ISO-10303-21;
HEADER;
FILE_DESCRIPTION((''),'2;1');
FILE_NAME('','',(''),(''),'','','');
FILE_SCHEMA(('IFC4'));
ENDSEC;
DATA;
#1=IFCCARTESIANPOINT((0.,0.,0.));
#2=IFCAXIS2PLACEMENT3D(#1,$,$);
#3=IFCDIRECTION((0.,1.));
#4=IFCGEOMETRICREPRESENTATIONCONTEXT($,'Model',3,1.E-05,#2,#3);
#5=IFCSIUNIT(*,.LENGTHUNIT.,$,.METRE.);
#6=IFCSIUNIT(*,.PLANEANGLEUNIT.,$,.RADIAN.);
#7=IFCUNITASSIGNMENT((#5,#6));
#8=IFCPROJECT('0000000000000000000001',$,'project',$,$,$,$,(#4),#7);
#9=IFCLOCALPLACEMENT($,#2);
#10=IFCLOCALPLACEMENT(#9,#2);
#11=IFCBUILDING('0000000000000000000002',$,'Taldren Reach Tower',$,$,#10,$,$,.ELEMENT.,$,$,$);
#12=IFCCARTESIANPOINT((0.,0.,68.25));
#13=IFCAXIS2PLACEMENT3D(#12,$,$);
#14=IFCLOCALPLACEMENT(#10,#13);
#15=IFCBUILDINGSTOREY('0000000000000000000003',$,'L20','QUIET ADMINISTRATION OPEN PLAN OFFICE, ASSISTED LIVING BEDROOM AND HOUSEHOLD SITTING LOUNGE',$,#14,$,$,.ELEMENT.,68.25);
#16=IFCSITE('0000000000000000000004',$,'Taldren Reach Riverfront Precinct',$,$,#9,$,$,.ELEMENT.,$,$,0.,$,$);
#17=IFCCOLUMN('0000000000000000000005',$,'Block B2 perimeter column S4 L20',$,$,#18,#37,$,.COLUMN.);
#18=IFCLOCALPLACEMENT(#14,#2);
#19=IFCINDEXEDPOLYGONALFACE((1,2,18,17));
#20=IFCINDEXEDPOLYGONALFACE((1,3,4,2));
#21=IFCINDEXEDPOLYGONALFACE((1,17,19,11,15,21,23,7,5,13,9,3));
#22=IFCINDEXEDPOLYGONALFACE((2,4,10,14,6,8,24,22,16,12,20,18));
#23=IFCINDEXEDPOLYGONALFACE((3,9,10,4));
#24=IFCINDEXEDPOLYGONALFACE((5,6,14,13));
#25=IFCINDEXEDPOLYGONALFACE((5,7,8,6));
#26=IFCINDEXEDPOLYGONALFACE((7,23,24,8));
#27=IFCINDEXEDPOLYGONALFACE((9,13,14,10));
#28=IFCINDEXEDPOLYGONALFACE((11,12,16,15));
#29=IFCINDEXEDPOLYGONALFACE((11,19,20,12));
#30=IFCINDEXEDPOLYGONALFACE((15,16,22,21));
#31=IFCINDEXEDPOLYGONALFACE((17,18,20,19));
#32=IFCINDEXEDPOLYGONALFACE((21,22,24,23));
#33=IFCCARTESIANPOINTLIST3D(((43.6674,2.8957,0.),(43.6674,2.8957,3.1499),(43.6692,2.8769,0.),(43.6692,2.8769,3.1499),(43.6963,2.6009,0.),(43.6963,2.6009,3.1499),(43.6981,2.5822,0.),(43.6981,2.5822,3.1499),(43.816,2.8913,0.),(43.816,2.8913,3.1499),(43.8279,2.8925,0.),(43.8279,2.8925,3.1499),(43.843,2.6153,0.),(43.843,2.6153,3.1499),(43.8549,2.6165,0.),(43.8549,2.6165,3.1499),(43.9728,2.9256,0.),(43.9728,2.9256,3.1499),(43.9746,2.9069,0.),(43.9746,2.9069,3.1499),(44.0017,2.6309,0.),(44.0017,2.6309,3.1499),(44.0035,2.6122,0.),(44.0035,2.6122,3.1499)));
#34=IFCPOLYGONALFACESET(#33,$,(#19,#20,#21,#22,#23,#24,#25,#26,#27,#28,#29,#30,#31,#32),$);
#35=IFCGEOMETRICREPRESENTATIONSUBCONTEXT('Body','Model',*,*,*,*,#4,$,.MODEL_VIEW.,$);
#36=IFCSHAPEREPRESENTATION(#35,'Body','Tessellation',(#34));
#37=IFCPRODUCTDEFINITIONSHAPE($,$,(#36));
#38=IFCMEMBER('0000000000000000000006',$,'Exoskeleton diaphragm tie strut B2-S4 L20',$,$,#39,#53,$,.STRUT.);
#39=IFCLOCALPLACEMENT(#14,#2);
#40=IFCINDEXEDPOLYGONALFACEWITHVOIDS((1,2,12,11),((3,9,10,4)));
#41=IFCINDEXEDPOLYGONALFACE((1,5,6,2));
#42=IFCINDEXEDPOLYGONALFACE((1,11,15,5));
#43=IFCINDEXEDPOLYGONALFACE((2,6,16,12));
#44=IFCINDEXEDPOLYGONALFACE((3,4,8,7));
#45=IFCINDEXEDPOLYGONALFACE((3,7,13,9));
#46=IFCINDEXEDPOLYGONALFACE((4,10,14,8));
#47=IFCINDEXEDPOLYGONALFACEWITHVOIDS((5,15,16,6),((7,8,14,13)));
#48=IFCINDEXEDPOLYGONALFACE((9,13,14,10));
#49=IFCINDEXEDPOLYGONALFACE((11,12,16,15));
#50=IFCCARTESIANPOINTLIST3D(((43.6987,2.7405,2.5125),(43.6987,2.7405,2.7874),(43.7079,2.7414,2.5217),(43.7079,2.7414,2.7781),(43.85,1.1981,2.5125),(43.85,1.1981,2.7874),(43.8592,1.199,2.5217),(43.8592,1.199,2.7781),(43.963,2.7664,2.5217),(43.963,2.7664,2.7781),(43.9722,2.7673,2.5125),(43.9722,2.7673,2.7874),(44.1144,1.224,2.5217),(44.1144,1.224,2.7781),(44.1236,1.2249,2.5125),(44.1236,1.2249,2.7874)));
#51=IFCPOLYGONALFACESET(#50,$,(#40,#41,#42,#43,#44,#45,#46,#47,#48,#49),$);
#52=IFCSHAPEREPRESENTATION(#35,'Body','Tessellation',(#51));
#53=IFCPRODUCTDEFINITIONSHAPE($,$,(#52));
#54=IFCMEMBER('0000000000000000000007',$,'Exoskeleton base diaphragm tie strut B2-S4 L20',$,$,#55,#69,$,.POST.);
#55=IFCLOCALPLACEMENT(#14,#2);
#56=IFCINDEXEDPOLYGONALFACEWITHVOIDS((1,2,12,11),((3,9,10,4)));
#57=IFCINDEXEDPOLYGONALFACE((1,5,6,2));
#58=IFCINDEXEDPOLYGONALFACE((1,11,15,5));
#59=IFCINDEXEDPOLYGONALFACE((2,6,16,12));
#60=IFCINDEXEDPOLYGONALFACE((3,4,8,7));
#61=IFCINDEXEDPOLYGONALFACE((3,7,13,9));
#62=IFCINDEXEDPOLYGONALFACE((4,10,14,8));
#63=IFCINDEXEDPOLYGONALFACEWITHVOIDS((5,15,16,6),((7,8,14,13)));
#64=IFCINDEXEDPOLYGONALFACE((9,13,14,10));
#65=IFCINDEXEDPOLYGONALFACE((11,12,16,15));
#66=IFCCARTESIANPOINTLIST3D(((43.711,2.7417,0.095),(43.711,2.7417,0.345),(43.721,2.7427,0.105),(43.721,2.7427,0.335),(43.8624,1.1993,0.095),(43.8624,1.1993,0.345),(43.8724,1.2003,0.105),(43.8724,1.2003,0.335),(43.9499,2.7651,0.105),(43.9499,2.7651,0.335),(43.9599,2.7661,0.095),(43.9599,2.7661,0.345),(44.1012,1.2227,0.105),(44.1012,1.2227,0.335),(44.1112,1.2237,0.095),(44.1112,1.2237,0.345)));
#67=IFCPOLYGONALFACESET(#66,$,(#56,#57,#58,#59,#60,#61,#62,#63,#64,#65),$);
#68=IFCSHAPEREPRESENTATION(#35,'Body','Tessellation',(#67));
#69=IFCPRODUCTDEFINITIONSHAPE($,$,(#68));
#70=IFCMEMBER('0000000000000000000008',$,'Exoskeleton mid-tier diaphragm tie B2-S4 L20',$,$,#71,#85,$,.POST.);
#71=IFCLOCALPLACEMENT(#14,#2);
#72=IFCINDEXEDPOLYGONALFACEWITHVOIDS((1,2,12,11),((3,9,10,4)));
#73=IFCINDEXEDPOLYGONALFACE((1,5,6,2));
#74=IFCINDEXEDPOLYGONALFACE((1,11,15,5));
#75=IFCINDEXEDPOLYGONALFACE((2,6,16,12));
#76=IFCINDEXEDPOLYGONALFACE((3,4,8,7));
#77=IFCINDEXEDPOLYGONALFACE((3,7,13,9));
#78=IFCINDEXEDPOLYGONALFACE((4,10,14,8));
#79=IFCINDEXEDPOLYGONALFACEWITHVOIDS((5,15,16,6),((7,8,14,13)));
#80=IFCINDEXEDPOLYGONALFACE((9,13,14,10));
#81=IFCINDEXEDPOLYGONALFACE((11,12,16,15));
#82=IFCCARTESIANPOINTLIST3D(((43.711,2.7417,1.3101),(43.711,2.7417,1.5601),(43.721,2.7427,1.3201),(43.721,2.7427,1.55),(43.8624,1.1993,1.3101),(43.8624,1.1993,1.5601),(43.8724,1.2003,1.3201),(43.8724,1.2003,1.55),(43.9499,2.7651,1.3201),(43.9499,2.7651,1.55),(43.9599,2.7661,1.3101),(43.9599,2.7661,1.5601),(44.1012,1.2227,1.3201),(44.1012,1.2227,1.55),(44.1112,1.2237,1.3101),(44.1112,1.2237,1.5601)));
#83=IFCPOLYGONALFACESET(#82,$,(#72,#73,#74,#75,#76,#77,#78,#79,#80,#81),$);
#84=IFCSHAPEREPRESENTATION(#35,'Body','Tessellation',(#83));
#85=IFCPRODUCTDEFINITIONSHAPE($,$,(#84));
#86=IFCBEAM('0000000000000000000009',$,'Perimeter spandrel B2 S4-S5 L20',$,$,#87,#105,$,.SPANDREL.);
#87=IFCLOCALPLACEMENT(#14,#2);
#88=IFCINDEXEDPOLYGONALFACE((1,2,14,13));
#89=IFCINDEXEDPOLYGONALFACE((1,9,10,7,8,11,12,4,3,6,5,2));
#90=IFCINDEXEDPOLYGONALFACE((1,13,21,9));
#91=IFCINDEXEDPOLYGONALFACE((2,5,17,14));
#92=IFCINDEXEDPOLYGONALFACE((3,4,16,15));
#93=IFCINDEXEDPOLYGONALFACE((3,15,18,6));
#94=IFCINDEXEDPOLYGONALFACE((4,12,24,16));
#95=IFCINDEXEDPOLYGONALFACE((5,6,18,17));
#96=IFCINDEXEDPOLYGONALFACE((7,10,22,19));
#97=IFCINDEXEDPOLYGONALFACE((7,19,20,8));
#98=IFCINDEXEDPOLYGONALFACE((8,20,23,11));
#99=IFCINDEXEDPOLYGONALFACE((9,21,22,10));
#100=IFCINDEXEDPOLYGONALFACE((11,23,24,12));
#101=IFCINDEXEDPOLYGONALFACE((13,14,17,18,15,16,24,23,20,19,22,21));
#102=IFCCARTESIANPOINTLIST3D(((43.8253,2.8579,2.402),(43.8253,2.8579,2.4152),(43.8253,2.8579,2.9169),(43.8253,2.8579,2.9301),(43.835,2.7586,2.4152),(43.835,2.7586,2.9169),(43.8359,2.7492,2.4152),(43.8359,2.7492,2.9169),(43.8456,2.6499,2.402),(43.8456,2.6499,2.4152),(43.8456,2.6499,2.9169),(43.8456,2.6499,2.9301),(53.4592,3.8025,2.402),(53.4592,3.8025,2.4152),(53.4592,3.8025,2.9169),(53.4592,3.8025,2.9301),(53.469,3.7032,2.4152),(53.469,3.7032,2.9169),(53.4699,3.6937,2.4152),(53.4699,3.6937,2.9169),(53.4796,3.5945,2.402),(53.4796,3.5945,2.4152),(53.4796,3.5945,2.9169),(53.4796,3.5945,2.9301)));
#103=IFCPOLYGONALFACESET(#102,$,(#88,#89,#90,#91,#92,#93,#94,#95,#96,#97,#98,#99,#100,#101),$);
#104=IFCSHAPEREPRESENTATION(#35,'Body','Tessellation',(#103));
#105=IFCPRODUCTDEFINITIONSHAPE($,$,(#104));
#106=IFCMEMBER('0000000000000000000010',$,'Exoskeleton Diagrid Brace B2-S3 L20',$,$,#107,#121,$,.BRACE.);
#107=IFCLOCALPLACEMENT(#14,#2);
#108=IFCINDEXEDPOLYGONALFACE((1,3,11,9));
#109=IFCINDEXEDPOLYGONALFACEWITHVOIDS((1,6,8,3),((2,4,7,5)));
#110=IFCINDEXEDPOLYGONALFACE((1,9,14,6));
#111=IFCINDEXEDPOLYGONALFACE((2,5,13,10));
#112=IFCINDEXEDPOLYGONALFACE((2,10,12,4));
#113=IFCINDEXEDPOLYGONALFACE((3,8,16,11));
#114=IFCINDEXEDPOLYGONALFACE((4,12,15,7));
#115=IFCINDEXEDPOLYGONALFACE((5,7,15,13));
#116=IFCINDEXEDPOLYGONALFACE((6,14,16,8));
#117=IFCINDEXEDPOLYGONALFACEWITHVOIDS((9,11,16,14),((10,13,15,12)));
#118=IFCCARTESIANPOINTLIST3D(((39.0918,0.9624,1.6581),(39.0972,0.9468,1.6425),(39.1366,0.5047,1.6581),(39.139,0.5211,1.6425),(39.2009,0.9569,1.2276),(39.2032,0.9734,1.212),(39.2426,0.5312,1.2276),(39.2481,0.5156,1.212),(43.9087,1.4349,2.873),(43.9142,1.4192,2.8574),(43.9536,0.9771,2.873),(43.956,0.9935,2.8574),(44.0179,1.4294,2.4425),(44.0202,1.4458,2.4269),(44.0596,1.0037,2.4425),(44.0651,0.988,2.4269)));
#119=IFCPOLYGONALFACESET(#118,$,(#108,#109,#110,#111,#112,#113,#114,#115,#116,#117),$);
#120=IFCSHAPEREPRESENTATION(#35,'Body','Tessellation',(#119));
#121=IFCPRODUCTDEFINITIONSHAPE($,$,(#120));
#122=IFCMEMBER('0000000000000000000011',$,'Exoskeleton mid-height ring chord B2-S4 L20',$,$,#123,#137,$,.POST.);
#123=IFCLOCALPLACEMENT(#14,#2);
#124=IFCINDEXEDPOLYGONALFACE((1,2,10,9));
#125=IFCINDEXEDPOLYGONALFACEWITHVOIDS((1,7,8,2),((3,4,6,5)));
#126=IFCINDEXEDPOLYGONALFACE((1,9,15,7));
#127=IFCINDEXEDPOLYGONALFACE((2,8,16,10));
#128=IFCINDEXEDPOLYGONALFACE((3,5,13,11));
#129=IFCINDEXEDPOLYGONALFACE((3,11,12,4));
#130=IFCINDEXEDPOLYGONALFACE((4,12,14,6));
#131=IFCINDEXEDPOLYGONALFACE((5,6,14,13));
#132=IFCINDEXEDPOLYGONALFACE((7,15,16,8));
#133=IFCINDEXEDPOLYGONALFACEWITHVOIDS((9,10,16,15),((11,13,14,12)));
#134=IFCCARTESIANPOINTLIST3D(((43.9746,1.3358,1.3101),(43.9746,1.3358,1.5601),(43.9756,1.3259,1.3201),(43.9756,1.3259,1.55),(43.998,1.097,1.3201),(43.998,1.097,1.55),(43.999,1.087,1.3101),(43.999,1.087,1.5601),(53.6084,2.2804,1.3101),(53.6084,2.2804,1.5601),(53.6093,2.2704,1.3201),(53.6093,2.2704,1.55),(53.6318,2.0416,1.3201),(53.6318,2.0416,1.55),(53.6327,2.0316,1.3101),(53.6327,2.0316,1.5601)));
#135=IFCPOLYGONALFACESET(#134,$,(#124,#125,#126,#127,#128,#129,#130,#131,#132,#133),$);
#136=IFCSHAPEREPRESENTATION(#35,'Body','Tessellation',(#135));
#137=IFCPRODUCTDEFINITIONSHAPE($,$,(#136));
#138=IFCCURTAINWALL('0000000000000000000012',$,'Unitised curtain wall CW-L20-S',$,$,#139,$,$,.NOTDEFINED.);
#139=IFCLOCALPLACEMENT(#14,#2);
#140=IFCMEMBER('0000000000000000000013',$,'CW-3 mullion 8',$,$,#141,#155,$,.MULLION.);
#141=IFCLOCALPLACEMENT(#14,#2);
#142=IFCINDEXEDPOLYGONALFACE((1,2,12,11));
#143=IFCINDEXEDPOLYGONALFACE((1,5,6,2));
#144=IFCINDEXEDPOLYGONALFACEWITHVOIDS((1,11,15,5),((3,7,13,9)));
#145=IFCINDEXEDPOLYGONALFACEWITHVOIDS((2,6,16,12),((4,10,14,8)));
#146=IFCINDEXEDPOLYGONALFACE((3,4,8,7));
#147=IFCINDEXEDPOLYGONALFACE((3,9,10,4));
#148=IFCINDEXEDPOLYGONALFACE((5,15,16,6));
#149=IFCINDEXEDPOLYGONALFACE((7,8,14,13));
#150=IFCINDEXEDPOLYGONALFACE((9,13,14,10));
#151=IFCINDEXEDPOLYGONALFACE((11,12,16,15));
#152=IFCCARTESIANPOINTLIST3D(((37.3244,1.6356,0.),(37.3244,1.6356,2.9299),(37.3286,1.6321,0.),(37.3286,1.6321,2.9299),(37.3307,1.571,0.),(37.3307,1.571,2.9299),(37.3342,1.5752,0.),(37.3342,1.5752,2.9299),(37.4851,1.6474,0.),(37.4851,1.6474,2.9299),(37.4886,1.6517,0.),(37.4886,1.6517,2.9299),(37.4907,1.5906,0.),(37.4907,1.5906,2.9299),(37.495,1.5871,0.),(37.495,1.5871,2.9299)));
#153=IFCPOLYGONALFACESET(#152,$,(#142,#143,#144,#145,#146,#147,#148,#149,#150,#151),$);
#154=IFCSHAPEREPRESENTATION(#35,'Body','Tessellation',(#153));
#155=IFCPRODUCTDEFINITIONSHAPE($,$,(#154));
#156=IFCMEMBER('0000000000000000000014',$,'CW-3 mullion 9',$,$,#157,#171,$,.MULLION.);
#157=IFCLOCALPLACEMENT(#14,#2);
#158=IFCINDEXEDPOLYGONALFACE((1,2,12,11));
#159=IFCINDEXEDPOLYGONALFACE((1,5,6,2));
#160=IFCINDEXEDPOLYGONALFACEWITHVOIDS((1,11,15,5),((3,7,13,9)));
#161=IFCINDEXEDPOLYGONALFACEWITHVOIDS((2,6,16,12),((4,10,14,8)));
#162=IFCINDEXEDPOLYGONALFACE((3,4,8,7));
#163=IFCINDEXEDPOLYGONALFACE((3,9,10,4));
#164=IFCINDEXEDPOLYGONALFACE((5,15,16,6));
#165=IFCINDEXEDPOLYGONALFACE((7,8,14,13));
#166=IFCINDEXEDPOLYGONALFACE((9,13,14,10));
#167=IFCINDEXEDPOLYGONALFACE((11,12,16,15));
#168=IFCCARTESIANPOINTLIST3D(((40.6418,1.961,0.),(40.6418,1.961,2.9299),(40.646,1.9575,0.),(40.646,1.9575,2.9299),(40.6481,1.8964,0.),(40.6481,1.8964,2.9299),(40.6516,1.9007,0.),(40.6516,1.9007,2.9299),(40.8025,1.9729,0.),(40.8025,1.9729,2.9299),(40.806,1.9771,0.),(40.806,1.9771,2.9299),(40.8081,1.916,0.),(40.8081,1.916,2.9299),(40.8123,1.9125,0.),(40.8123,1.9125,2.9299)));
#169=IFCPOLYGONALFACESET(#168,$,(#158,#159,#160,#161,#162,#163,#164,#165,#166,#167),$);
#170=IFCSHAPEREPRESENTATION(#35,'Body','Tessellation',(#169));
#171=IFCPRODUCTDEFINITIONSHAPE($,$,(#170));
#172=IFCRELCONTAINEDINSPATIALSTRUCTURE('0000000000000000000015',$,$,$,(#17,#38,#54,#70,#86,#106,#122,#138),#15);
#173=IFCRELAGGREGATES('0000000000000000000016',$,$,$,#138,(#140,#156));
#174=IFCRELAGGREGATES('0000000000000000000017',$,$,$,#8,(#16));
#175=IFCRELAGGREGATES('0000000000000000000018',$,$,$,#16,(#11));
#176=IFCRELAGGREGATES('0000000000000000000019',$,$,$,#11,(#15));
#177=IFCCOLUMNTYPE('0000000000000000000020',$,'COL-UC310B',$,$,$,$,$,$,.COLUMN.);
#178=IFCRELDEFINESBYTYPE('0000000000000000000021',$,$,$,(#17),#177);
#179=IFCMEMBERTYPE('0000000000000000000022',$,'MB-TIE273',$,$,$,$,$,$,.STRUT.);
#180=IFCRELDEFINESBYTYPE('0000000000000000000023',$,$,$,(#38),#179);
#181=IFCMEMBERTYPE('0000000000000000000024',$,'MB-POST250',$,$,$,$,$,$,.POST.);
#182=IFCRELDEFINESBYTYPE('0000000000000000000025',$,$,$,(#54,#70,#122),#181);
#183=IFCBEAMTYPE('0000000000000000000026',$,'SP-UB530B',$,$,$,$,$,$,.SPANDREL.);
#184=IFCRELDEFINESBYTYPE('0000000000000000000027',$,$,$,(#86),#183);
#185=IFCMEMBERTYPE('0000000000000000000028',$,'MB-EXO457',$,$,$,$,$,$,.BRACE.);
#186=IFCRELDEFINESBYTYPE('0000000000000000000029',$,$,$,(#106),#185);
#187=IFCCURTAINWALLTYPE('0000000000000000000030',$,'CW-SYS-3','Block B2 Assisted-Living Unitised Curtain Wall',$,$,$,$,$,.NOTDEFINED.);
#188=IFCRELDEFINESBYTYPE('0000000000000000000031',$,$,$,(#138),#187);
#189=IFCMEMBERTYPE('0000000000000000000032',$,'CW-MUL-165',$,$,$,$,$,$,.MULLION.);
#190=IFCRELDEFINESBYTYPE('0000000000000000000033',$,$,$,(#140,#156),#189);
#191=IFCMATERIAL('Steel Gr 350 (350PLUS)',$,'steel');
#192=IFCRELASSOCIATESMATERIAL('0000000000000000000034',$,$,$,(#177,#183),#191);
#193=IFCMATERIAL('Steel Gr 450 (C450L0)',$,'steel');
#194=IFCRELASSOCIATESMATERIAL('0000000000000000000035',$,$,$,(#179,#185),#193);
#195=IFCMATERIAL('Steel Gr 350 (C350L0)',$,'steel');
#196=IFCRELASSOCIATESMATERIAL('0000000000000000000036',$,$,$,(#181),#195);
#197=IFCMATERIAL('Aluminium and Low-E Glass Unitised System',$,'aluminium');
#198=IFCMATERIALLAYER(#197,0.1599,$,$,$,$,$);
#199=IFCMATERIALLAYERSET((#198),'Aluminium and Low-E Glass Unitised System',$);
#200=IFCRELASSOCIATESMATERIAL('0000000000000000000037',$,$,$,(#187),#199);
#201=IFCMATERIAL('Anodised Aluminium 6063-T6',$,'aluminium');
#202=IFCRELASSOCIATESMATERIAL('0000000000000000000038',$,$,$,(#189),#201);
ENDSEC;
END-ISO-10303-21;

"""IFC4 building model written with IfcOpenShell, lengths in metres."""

from ifc_helpers import new_model, si_unit, direction, frame, origin, origin_2d, place, context, subcontext, project, spatial, hollow_rectangle, i_section, extrude, source, transform, mapped, material, layer, layer_set, material_profile, profile_set, type_object, element, aggregate, save


model = new_model("IFC4")

# Units and contexts
model_context = context("Model", 3, precision=1e-05, world=origin(), true_north=direction((0.0, 1.0)))
body_context = subcontext(model_context, "Body", "Model", "MODEL_VIEW")
ifc_project = project(units=[si_unit("LENGTHUNIT", "METRE"), si_unit("PLANEANGLEUNIT", "RADIAN")], contexts=[model_context])

# Site, building, storey
site_placement = place(None, origin())
site = spatial("IfcSite", under=ifc_project, at=site_placement, Name="Taldren Reach Riverfront Precinct", CompositionType="ELEMENT", RefElevation=0.0)
building_placement = place(site_placement, origin())
building = spatial("IfcBuilding", under=site, at=building_placement, Name="Taldren Reach Tower", CompositionType="ELEMENT")
storey_placement = place(building_placement, frame((0.0, 0.0, 68.25)))
storey = spatial("IfcBuildingStorey", under=building, at=storey_placement, Name="L20", Description="QUIET ADMINISTRATION OPEN PLAN OFFICE, ASSISTED LIVING BEDROOM AND HOUSEHOLD SITTING LOUNGE", CompositionType="ELEMENT", Elevation=68.25)

# Column
ifc_material_1 = material(Name="Steel Gr 350 (350PLUS)", Category="steel")
ifc_material_profile_1 = material_profile(ifc_material_1, i_section(OverallWidth=0.3069, OverallDepth=0.3149, WebThickness=0.012, FlangeThickness=0.0188, at=origin_2d()), Name="310UC118")
ifc_profile_set_1 = profile_set([ifc_material_profile_1], Name="Steel Gr 350 (350PLUS)")
column_type = type_object("IfcColumnType", Name="COL-UC310B", PredefinedType="COLUMN", material=ifc_profile_set_1)
shared_shape_1 = source(origin(), body_context, "Body", "SweptSolid", [
    extrude(i_section(OverallWidth=0.3069, OverallDepth=0.3149, WebThickness=0.012, FlangeThickness=0.0188, at=origin_2d()), origin(), (0.0, 0.0, 1.0), 3.1499),
])
column_placement = place(storey_placement, frame((43.8354, 2.7539, 0.0), z_axis=(0.0, 0.0, 1.0), x_axis=(0.995227, 0.097583, 0.0)))
element("IfcColumn", 1, at=column_placement, inside=storey, type_object=column_type, Name="Block B2 perimeter column S4 L20", PredefinedType="COLUMN", context=body_context, shape_type="MappedRepresentation", body=[
    mapped(shared_shape_1, transform((0.0, 0.0, 0.0), scale=1.0)),
])

# Members
ifc_material_2 = material(Name="Steel Gr 450 (C450L0)", Category="steel")
ifc_material_profile_2 = material_profile(ifc_material_2, hollow_rectangle(XDim=0.2749, YDim=0.2749, WallThickness=0.0093, at=origin_2d()), Name="275x275x9.3SHS")
ifc_profile_set_2 = profile_set([ifc_material_profile_2], Name="Steel Gr 450 (C450L0)")
member_type_1 = type_object("IfcMemberType", Name="MB-TIE273", PredefinedType="STRUT", material=ifc_profile_set_2)
shared_shape_2 = source(origin(), body_context, "Body", "SweptSolid", [
    extrude(hollow_rectangle(XDim=0.2749, YDim=0.2749, WallThickness=0.0093, at=origin_2d()), origin(), (0.0, 0.0, 1.0), 1.5498),
])
member_1_placement = place(storey_placement, frame((43.8354, 2.7539, 2.6499), z_axis=(0.097663, -0.99522, 0.0), x_axis=(0.99522, 0.097663, 0.0)))
element("IfcMember", 2, at=member_1_placement, inside=storey, type_object=member_type_1, Name="Exoskeleton diaphragm tie strut B2-S4 L20", PredefinedType="STRUT", context=body_context, shape_type="MappedRepresentation", body=[
    mapped(shared_shape_2, transform((0.0, 0.0, 0.0), scale=1.0)),
])
ifc_material_3 = material(Name="Steel Gr 350 (C350L0)", Category="steel")
ifc_material_profile_3 = material_profile(ifc_material_3, hollow_rectangle(XDim=0.25, YDim=0.25, WallThickness=0.01, at=origin_2d()), Name="250x250x10.0SHS")
ifc_profile_set_3 = profile_set([ifc_material_profile_3], Name="Steel Gr 350 (C350L0)")
member_type_2 = type_object("IfcMemberType", Name="MB-POST250", PredefinedType="POST", material=ifc_profile_set_3)
shared_shape_3 = source(origin(), body_context, "Body", "SweptSolid", [
    extrude(hollow_rectangle(XDim=0.25, YDim=0.25, WallThickness=0.01, at=origin_2d()), origin(), (0.0, 0.0, 1.0), 1.5498),
])
for number, where, z_axis, x_axis, name in (
    (3, (43.8354, 2.7539, 0.22), (0.097663, -0.99522, 0.0), (0.99522, 0.097663, 0.0), "Exoskeleton base diaphragm tie strut B2-S4 L20"),
    (4, (43.8354, 2.7539, 1.4351), (0.097663, -0.99522, 0.0), (0.99522, 0.097663, 0.0), "Exoskeleton mid-tier diaphragm tie B2-S4 L20"),
):
    element("IfcMember", number, at=place(storey_placement, frame(where, z_axis=z_axis, x_axis=x_axis)), inside=storey, type_object=member_type_2, Name=name, PredefinedType="POST", context=body_context, shape_type="MappedRepresentation", body=[
        mapped(shared_shape_3, transform((0.0, 0.0, 0.0), scale=1.0)),
    ])

# Beam
ifc_material_profile_4 = material_profile(ifc_material_1, i_section(OverallWidth=0.209, OverallDepth=0.5281, WebThickness=0.0095, FlangeThickness=0.0132, at=origin_2d()), Name="530UB82.0")
ifc_profile_set_4 = profile_set([ifc_material_profile_4], Name="Steel Gr 350 (350PLUS)")
beam_type = type_object("IfcBeamType", Name="SP-UB530B", PredefinedType="SPANDREL", material=ifc_profile_set_4)
shared_shape_4 = source(origin(), body_context, "Body", "SweptSolid", [
    extrude(i_section(OverallWidth=0.209, OverallDepth=0.5281, WebThickness=0.0095, FlangeThickness=0.0132, at=origin_2d()), origin(), (0.0, 0.0, 1.0), 9.6802),
])
beam_placement = place(storey_placement, frame((43.8354, 2.7539, 2.666), z_axis=(0.995228, 0.097578, 0.0), x_axis=(-0.097578, 0.995228, 0.0)))
element("IfcBeam", 5, at=beam_placement, inside=storey, type_object=beam_type, Name="Perimeter spandrel B2 S4-S5 L20", PredefinedType="SPANDREL", context=body_context, shape_type="MappedRepresentation", body=[
    mapped(shared_shape_4, transform((0.0, 0.0, 0.0), scale=1.0)),
])

# Members
ifc_material_profile_5 = material_profile(ifc_material_2, hollow_rectangle(XDim=0.46, YDim=0.46, WallThickness=0.0161, at=origin_2d()), Name="460x460x16.0SHS")
ifc_profile_set_5 = profile_set([ifc_material_profile_5], Name="Steel Gr 450 (C450L0)")
member_type_3 = type_object("IfcMemberType", Name="MB-EXO457", PredefinedType="BRACE", material=ifc_profile_set_5)
shared_shape_5 = source(origin(), body_context, "Body", "SweptSolid", [
    extrude(hollow_rectangle(XDim=0.46, YDim=0.46, WallThickness=0.0161, at=origin_2d()), origin(), (0.0, 0.0, 1.0), 4.9902),
])
member_2_placement = place(storey_placement, frame((39.1699, 0.739, 1.4351), z_axis=(0.965283, 0.094669, 0.243449), x_axis=(-0.097606, 0.995225, 0.0)))
element("IfcMember", 6, at=member_2_placement, inside=storey, type_object=member_type_3, Name="Exoskeleton Diagrid Brace B2-S3 L20", PredefinedType="BRACE", context=body_context, shape_type="MappedRepresentation", body=[
    mapped(shared_shape_5, transform((0.0, 0.0, 0.0), scale=1.0)),
])
shared_shape_6 = source(origin(), body_context, "Body", "SweptSolid", [
    extrude(hollow_rectangle(XDim=0.25, YDim=0.25, WallThickness=0.01, at=origin_2d()), origin(), (0.0, 0.0, 1.0), 9.6799),
])
member_3_placement = place(storey_placement, frame((43.9868, 1.2114, 1.4351), z_axis=(0.995228, 0.097581, 0.0), x_axis=(-0.097581, 0.995228, 0.0)))
element("IfcMember", 7, at=member_3_placement, inside=storey, type_object=member_type_2, Name="Exoskeleton mid-height ring chord B2-S4 L20", PredefinedType="POST", context=body_context, shape_type="MappedRepresentation", body=[
    mapped(shared_shape_6, transform((0.0, 0.0, 0.0), scale=1.0)),
])

# Curtain wall, members
ifc_material_4 = material(Name="Aluminium and Low-E Glass Unitised System", Category="aluminium")
ifc_layer_1 = layer(ifc_material_4, 0.1599)
ifc_layer_set_1 = layer_set([ifc_layer_1], Name="Aluminium and Low-E Glass Unitised System")
curtain_wall_type = type_object("IfcCurtainWallType", Name="CW-SYS-3", Description="Block B2 Assisted-Living Unitised Curtain Wall", PredefinedType="NOTDEFINED", material=ifc_layer_set_1)
curtain_wall_placement = place(storey_placement, origin())
curtain_wall = element("IfcCurtainWall", 8, at=curtain_wall_placement, inside=storey, type_object=curtain_wall_type, Name="Unitised curtain wall CW-L20-S", PredefinedType="NOTDEFINED")
ifc_material_5 = material(Name="Anodised Aluminium 6063-T6", Category="aluminium")
ifc_material_profile_6 = material_profile(ifc_material_5, hollow_rectangle(XDim=0.0649, YDim=0.165, WallThickness=0.0039, at=origin_2d()), Name="ALU-165x65x4RHS")
ifc_profile_set_6 = profile_set([ifc_material_profile_6], Name="Anodised Aluminium 6063-T6")
member_type_4 = type_object("IfcMemberType", Name="CW-MUL-165", PredefinedType="MULLION", material=ifc_profile_set_6)
shared_shape_7 = source(origin(), body_context, "Body", "SweptSolid", [
    extrude(hollow_rectangle(XDim=0.0649, YDim=0.165, WallThickness=0.0039, at=origin_2d()), origin(), (0.0, 0.0, 1.0), 2.9299),
])
member_4_placement = place(storey_placement, frame((37.4097, 1.6113, 0.0), z_axis=(0.0, 0.0, 1.0), x_axis=(-0.097583, 0.995227, 0.0)))
member_4 = element("IfcMember", 9, at=member_4_placement, type_object=member_type_4, Name="CW-3 mullion 8", PredefinedType="MULLION", context=body_context, shape_type="MappedRepresentation", body=[
    mapped(shared_shape_7, transform((0.0, 0.0, 0.0), scale=1.0)),
])
member_5_placement = place(storey_placement, frame((40.7271, 1.9368, 0.0), z_axis=(0.0, 0.0, 1.0), x_axis=(-0.097583, 0.995227, 0.0)))
member_5 = element("IfcMember", 10, at=member_5_placement, type_object=member_type_4, Name="CW-3 mullion 9", PredefinedType="MULLION", context=body_context, shape_type="MappedRepresentation", body=[
    mapped(shared_shape_7, transform((0.0, 0.0, 0.0), scale=1.0)),
])
aggregate(curtain_wall, [member_4, member_5])

save(model, "model.ifc")
